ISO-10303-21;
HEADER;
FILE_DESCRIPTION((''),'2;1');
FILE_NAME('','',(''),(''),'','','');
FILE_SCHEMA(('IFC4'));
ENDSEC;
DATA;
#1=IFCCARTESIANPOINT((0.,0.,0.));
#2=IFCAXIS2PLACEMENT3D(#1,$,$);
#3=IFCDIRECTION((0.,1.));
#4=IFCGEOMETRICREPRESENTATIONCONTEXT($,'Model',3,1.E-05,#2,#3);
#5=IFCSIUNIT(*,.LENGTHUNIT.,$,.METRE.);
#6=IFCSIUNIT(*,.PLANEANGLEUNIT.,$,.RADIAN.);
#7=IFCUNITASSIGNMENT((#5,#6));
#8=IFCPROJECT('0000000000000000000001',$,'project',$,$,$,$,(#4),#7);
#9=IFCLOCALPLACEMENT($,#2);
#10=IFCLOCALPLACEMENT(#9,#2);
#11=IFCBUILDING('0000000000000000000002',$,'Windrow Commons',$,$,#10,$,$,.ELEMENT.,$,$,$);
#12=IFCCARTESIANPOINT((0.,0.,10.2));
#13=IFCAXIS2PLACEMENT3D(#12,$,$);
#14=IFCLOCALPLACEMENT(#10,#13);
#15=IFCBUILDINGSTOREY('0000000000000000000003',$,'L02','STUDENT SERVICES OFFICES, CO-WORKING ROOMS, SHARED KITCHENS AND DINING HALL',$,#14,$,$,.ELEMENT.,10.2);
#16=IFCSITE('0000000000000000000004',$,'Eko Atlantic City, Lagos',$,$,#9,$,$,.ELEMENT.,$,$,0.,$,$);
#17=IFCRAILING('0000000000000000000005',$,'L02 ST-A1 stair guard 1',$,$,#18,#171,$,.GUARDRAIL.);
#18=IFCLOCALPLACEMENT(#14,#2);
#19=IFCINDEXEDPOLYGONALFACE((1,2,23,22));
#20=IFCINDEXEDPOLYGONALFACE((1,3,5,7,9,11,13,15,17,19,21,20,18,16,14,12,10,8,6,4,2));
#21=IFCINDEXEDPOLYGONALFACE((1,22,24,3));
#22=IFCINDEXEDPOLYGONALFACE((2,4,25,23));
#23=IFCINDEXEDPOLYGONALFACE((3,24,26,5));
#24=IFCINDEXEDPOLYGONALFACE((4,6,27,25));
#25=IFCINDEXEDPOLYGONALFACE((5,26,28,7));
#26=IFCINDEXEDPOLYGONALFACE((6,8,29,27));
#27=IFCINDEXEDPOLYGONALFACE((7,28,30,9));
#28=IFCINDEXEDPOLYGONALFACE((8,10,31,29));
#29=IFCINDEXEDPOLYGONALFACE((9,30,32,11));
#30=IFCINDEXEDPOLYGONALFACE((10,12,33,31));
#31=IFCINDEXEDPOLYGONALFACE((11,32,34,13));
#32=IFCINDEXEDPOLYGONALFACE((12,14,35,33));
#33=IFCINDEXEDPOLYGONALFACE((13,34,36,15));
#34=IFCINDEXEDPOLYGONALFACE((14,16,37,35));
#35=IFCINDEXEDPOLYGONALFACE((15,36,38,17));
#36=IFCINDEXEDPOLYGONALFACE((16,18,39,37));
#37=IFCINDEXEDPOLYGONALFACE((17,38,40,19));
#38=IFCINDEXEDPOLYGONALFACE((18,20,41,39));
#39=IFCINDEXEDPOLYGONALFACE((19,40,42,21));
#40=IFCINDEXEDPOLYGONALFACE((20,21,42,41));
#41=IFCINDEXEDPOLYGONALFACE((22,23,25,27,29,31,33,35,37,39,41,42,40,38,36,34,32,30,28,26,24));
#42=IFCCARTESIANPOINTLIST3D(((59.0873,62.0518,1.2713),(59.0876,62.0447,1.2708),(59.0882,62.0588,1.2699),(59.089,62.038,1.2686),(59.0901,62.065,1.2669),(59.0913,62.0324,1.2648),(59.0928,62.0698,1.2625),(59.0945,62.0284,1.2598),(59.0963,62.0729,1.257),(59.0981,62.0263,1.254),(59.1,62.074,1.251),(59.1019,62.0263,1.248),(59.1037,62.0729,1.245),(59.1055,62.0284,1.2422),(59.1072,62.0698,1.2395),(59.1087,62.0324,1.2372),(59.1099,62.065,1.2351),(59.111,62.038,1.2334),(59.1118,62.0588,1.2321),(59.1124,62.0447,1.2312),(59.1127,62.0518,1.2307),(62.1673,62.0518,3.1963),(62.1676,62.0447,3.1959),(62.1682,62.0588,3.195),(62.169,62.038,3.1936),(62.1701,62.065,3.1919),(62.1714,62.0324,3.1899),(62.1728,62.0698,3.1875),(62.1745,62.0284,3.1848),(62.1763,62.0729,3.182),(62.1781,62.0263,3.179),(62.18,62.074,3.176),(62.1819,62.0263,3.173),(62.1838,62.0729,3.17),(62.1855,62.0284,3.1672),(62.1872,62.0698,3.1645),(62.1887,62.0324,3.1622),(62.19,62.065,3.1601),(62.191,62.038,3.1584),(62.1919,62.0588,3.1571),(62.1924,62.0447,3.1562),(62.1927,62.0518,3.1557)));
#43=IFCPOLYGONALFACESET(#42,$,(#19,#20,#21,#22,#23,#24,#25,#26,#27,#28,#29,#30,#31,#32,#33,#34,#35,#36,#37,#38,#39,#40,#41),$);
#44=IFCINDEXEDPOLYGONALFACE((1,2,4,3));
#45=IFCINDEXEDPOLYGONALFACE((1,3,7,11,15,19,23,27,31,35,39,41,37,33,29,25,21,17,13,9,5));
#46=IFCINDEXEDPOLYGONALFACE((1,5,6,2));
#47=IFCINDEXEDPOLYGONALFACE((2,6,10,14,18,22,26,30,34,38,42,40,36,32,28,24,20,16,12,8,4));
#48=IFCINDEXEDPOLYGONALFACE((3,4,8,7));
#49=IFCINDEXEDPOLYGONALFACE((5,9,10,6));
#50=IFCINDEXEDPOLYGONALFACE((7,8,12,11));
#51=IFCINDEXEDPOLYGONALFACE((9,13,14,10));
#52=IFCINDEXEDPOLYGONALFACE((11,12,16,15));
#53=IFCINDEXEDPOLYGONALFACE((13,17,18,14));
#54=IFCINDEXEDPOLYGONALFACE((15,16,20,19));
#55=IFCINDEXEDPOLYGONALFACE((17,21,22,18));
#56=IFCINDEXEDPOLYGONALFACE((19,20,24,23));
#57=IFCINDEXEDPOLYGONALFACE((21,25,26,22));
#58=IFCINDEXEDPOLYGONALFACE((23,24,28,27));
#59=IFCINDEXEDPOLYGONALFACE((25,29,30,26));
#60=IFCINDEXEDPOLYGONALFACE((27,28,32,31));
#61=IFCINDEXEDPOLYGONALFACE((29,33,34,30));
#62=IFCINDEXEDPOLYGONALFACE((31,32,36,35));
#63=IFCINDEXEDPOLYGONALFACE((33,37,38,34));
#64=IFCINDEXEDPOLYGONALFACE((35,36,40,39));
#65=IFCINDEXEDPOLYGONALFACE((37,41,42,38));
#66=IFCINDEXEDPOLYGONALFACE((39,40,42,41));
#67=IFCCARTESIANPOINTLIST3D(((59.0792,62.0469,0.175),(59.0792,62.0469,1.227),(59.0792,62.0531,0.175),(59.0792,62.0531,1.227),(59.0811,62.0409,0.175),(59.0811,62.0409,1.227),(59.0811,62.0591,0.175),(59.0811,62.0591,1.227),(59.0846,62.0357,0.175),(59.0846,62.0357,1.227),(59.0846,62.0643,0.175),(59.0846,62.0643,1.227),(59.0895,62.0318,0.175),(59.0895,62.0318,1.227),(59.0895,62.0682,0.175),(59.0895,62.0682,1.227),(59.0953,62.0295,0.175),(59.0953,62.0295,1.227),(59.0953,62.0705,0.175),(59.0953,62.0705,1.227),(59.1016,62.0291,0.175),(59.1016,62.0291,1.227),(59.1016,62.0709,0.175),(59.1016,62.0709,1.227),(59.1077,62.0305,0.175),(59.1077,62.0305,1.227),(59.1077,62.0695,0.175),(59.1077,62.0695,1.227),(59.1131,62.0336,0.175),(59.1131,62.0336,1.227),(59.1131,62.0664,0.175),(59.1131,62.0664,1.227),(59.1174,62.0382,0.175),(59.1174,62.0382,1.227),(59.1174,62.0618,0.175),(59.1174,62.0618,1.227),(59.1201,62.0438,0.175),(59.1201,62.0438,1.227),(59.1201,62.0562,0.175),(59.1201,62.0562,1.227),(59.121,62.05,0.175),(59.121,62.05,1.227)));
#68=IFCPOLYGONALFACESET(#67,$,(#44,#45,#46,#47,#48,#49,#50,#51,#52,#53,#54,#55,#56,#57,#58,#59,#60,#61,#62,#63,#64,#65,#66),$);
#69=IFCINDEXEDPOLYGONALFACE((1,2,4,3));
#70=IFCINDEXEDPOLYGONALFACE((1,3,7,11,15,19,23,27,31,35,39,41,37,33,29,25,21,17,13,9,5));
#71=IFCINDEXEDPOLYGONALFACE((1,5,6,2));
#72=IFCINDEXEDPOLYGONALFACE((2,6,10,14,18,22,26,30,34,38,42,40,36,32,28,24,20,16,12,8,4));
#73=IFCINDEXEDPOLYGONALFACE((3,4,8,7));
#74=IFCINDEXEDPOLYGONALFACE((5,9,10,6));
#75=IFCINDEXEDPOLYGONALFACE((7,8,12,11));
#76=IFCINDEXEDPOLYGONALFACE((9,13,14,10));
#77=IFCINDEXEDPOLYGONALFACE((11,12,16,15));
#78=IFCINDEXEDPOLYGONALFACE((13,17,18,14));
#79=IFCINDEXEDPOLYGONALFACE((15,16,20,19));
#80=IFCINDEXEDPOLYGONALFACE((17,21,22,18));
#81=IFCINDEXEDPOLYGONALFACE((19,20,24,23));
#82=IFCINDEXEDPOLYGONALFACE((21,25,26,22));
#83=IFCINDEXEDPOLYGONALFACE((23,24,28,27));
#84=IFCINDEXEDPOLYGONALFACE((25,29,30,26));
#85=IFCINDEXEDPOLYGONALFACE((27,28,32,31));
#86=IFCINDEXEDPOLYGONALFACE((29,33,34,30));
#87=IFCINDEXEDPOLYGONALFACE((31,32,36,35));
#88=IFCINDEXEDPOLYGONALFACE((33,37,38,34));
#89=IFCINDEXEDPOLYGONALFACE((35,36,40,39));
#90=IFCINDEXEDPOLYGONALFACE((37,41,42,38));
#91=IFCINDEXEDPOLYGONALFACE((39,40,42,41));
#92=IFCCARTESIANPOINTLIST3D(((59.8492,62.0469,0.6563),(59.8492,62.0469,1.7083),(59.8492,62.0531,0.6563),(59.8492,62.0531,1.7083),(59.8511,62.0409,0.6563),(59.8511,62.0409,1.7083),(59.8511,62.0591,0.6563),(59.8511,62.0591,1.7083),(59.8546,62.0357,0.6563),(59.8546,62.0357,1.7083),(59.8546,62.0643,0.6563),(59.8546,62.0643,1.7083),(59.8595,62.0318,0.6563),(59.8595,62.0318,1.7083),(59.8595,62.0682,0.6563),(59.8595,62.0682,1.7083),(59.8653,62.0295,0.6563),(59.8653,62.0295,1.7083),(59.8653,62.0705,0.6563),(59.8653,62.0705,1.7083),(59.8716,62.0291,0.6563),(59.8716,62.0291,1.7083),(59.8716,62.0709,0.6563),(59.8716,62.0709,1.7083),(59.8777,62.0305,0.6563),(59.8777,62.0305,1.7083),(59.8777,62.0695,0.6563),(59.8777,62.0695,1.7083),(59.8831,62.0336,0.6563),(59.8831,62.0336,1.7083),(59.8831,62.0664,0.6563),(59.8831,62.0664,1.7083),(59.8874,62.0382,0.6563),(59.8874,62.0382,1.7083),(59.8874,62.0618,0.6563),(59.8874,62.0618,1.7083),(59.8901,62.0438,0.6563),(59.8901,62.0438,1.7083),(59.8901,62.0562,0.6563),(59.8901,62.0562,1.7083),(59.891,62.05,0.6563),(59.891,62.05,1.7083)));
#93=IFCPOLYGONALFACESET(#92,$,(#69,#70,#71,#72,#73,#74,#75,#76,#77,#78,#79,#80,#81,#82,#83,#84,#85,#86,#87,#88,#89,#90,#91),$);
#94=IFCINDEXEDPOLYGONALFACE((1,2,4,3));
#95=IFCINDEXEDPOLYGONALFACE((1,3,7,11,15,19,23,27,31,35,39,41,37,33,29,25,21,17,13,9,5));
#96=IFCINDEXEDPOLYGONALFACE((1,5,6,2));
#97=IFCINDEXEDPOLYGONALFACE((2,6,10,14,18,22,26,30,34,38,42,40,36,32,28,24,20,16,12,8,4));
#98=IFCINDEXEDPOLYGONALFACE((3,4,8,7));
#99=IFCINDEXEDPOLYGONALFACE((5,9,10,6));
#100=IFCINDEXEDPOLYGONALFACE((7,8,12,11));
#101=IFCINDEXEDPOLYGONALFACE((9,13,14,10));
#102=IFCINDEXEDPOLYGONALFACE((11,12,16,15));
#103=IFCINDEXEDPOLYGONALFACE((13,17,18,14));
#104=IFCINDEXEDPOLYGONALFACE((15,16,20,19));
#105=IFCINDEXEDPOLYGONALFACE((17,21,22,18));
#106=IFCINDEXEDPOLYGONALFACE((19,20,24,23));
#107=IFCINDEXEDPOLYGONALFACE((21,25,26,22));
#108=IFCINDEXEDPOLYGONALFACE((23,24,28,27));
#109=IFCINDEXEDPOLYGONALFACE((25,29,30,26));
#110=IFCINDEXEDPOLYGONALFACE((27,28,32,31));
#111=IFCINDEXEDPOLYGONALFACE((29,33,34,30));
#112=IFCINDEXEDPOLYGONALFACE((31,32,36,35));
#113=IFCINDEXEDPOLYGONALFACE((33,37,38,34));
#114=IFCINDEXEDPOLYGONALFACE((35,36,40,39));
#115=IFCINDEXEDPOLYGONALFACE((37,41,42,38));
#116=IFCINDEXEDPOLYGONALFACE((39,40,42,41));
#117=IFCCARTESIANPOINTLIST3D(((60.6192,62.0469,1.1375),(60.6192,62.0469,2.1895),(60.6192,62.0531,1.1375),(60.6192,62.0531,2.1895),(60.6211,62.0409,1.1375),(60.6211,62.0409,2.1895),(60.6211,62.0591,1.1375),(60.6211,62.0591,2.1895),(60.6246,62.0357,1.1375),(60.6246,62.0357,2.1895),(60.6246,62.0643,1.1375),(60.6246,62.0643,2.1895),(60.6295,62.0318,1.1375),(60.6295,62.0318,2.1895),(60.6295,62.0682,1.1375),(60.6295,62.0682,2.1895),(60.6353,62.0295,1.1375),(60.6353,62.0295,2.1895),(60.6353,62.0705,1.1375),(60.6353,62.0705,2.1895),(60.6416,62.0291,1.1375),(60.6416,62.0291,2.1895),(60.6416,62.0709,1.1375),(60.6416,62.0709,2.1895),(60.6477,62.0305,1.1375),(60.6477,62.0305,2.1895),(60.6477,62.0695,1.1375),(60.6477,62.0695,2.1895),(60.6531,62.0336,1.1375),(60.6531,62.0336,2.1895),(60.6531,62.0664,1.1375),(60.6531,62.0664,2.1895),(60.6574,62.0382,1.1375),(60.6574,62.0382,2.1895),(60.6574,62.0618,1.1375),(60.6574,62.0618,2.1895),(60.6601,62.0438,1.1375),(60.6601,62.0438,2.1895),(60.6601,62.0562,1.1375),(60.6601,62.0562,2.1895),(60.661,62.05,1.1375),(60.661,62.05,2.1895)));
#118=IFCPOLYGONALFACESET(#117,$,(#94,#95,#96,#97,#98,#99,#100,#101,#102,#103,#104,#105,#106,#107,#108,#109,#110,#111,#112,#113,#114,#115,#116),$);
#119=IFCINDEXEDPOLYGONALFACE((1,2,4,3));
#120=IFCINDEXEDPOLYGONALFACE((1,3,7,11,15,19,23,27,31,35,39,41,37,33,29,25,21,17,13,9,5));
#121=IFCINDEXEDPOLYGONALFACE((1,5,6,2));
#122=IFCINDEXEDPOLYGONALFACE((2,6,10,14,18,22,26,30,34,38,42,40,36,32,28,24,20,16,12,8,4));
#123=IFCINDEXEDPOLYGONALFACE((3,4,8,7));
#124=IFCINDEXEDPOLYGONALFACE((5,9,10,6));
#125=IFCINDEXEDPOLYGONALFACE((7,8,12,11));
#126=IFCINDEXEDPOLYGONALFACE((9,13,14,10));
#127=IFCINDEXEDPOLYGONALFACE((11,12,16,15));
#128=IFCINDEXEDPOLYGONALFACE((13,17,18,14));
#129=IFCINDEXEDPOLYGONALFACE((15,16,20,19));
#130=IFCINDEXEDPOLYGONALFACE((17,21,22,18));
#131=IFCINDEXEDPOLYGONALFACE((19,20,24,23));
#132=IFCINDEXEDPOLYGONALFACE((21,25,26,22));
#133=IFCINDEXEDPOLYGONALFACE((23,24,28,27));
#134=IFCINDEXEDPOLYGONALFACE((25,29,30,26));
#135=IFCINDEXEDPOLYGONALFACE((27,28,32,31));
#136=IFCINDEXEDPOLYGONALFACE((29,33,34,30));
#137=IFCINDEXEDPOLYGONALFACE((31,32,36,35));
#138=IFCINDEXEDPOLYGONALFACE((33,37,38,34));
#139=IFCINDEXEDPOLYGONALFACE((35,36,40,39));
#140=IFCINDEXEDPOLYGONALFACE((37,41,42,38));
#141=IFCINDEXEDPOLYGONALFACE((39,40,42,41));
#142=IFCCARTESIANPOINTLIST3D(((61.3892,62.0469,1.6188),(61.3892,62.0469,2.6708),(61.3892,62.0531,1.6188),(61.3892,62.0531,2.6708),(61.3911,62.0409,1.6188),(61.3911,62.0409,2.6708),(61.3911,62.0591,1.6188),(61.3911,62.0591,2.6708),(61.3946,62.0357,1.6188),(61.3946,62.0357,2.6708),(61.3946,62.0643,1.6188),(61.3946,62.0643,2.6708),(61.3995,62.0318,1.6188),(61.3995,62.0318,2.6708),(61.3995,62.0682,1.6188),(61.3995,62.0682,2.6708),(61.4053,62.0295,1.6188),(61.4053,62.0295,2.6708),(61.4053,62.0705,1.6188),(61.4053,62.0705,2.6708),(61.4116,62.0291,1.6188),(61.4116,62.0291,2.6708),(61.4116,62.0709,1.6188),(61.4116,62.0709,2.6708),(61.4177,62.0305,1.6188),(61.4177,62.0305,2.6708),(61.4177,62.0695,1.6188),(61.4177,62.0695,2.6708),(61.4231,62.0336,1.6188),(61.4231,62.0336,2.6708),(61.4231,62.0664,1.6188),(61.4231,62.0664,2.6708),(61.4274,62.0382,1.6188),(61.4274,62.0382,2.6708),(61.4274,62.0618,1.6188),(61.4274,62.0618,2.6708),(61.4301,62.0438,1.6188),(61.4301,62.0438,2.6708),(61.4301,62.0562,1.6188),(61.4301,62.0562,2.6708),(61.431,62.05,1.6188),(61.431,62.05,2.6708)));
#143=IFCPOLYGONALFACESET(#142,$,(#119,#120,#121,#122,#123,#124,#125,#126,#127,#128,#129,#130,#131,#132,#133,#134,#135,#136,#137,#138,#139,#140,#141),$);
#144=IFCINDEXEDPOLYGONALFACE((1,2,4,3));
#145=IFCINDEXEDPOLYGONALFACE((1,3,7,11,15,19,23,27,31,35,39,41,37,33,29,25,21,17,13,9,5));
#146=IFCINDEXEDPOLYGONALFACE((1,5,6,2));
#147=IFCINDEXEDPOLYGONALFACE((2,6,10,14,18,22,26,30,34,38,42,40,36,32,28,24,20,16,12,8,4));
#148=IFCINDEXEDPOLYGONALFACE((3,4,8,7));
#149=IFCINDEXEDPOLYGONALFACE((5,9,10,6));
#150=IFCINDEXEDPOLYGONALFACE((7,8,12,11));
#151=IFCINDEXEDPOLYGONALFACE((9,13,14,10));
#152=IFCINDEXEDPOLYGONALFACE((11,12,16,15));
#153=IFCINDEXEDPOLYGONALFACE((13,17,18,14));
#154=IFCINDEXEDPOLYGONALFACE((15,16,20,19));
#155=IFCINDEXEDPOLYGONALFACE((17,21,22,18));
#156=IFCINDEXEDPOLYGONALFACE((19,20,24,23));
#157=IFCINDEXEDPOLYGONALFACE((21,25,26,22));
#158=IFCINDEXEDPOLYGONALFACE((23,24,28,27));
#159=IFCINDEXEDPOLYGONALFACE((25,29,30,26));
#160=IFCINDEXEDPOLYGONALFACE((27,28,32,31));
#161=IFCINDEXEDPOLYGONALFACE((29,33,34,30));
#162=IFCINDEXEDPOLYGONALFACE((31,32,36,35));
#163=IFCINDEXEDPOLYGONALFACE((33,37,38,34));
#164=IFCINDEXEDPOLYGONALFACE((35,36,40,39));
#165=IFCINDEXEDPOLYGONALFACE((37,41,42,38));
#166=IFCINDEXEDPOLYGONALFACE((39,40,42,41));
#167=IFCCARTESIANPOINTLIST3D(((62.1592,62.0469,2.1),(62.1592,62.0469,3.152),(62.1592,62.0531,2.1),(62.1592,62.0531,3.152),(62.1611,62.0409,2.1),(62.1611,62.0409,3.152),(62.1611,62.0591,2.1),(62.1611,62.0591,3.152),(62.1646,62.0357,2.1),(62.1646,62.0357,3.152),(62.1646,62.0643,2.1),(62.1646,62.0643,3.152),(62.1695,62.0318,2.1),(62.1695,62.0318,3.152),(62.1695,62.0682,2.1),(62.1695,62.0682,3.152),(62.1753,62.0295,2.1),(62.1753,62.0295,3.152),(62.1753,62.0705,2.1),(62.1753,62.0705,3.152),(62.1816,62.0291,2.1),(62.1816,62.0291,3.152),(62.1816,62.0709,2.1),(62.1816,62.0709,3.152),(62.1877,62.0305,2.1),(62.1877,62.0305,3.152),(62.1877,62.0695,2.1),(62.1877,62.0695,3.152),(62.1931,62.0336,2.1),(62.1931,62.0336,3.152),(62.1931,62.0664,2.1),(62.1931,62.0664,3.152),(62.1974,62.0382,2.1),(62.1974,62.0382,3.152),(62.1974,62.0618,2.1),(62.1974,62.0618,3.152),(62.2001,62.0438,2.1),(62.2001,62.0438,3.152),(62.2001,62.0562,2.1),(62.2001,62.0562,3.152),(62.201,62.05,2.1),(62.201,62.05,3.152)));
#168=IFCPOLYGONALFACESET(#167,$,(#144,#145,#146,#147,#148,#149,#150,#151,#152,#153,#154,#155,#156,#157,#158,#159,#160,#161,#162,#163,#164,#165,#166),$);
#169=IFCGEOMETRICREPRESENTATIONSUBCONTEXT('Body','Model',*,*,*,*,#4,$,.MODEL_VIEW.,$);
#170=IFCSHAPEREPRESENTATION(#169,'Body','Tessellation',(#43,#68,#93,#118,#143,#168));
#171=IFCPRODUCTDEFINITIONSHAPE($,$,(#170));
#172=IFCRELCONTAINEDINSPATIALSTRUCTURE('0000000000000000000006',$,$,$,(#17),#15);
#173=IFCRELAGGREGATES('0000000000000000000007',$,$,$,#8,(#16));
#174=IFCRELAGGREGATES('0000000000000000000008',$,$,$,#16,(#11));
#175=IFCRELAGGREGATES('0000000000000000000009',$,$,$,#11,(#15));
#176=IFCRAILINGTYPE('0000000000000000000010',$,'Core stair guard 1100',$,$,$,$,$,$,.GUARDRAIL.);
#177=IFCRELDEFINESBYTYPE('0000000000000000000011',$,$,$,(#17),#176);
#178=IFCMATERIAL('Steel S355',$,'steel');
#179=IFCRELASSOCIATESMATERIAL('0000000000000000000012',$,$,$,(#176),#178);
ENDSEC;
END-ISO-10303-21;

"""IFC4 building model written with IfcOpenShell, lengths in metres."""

from ifc_helpers import new_model, si_unit, direction, frame, origin, origin_2d, place, context, subcontext, project, spatial, circle, extrude, material, type_object, element, save


model = new_model("IFC4")

# Units and contexts
model_context = context("Model", 3, precision=1e-05, world=origin(), true_north=direction((0.0, 1.0)))
body_context = subcontext(model_context, "Body", "Model", "MODEL_VIEW")
ifc_project = project(units=[si_unit("LENGTHUNIT", "METRE"), si_unit("PLANEANGLEUNIT", "RADIAN")], contexts=[model_context])

# Site, building, storey
site_placement = place(None, origin())
site = spatial("IfcSite", under=ifc_project, at=site_placement, Name="Eko Atlantic City, Lagos", CompositionType="ELEMENT", RefElevation=0.0)
building_placement = place(site_placement, origin())
building = spatial("IfcBuilding", under=site, at=building_placement, Name="Windrow Commons", CompositionType="ELEMENT")
storey_placement = place(building_placement, frame((0.0, 0.0, 10.2)))
storey = spatial("IfcBuildingStorey", under=building, at=storey_placement, Name="L02", Description="STUDENT SERVICES OFFICES, CO-WORKING ROOMS, SHARED KITCHENS AND DINING HALL", CompositionType="ELEMENT", Elevation=10.2)

# Railing
ifc_material_1 = material(Name="Steel S355", Category="steel")
railing_type_1 = type_object("IfcRailingType", Name="Core stair guard 1100", PredefinedType="GUARDRAIL", material=ifc_material_1)
railing_1_placement = place(storey_placement, frame((59.1, 62.05, 0.175)))
element("IfcRailing", 1, at=railing_1_placement, inside=storey, type_object=railing_type_1, Name="L02 ST-A1 stair guard 1", PredefinedType="GUARDRAIL", context=body_context, shape_type="SweptSolid", body=[
    extrude(circle(Radius=0.024, at=origin_2d()), frame((0.0, 0.0, 1.076), z_axis=(0.847998, 0.0, 0.529999), x_axis=(0.0, 1.0, 0.0)), (0.0, 0.0, 1.0), 3.6321),
    extrude(circle(Radius=0.021, at=origin_2d()), origin(), (0.0, 0.0, 1.0), 1.052),
    extrude(circle(Radius=0.021, at=origin_2d()), frame((0.77, 0.0, 0.4813)), (0.0, 0.0, 1.0), 1.052),
    extrude(circle(Radius=0.021, at=origin_2d()), frame((1.54, 0.0, 0.9625)), (0.0, 0.0, 1.0), 1.052),
    extrude(circle(Radius=0.021, at=origin_2d()), frame((2.31, 0.0, 1.4438)), (0.0, 0.0, 1.0), 1.052),
    extrude(circle(Radius=0.021, at=origin_2d()), frame((3.08, 0.0, 1.925)), (0.0, 0.0, 1.0), 1.052),
])

save(model, "model.ifc")
